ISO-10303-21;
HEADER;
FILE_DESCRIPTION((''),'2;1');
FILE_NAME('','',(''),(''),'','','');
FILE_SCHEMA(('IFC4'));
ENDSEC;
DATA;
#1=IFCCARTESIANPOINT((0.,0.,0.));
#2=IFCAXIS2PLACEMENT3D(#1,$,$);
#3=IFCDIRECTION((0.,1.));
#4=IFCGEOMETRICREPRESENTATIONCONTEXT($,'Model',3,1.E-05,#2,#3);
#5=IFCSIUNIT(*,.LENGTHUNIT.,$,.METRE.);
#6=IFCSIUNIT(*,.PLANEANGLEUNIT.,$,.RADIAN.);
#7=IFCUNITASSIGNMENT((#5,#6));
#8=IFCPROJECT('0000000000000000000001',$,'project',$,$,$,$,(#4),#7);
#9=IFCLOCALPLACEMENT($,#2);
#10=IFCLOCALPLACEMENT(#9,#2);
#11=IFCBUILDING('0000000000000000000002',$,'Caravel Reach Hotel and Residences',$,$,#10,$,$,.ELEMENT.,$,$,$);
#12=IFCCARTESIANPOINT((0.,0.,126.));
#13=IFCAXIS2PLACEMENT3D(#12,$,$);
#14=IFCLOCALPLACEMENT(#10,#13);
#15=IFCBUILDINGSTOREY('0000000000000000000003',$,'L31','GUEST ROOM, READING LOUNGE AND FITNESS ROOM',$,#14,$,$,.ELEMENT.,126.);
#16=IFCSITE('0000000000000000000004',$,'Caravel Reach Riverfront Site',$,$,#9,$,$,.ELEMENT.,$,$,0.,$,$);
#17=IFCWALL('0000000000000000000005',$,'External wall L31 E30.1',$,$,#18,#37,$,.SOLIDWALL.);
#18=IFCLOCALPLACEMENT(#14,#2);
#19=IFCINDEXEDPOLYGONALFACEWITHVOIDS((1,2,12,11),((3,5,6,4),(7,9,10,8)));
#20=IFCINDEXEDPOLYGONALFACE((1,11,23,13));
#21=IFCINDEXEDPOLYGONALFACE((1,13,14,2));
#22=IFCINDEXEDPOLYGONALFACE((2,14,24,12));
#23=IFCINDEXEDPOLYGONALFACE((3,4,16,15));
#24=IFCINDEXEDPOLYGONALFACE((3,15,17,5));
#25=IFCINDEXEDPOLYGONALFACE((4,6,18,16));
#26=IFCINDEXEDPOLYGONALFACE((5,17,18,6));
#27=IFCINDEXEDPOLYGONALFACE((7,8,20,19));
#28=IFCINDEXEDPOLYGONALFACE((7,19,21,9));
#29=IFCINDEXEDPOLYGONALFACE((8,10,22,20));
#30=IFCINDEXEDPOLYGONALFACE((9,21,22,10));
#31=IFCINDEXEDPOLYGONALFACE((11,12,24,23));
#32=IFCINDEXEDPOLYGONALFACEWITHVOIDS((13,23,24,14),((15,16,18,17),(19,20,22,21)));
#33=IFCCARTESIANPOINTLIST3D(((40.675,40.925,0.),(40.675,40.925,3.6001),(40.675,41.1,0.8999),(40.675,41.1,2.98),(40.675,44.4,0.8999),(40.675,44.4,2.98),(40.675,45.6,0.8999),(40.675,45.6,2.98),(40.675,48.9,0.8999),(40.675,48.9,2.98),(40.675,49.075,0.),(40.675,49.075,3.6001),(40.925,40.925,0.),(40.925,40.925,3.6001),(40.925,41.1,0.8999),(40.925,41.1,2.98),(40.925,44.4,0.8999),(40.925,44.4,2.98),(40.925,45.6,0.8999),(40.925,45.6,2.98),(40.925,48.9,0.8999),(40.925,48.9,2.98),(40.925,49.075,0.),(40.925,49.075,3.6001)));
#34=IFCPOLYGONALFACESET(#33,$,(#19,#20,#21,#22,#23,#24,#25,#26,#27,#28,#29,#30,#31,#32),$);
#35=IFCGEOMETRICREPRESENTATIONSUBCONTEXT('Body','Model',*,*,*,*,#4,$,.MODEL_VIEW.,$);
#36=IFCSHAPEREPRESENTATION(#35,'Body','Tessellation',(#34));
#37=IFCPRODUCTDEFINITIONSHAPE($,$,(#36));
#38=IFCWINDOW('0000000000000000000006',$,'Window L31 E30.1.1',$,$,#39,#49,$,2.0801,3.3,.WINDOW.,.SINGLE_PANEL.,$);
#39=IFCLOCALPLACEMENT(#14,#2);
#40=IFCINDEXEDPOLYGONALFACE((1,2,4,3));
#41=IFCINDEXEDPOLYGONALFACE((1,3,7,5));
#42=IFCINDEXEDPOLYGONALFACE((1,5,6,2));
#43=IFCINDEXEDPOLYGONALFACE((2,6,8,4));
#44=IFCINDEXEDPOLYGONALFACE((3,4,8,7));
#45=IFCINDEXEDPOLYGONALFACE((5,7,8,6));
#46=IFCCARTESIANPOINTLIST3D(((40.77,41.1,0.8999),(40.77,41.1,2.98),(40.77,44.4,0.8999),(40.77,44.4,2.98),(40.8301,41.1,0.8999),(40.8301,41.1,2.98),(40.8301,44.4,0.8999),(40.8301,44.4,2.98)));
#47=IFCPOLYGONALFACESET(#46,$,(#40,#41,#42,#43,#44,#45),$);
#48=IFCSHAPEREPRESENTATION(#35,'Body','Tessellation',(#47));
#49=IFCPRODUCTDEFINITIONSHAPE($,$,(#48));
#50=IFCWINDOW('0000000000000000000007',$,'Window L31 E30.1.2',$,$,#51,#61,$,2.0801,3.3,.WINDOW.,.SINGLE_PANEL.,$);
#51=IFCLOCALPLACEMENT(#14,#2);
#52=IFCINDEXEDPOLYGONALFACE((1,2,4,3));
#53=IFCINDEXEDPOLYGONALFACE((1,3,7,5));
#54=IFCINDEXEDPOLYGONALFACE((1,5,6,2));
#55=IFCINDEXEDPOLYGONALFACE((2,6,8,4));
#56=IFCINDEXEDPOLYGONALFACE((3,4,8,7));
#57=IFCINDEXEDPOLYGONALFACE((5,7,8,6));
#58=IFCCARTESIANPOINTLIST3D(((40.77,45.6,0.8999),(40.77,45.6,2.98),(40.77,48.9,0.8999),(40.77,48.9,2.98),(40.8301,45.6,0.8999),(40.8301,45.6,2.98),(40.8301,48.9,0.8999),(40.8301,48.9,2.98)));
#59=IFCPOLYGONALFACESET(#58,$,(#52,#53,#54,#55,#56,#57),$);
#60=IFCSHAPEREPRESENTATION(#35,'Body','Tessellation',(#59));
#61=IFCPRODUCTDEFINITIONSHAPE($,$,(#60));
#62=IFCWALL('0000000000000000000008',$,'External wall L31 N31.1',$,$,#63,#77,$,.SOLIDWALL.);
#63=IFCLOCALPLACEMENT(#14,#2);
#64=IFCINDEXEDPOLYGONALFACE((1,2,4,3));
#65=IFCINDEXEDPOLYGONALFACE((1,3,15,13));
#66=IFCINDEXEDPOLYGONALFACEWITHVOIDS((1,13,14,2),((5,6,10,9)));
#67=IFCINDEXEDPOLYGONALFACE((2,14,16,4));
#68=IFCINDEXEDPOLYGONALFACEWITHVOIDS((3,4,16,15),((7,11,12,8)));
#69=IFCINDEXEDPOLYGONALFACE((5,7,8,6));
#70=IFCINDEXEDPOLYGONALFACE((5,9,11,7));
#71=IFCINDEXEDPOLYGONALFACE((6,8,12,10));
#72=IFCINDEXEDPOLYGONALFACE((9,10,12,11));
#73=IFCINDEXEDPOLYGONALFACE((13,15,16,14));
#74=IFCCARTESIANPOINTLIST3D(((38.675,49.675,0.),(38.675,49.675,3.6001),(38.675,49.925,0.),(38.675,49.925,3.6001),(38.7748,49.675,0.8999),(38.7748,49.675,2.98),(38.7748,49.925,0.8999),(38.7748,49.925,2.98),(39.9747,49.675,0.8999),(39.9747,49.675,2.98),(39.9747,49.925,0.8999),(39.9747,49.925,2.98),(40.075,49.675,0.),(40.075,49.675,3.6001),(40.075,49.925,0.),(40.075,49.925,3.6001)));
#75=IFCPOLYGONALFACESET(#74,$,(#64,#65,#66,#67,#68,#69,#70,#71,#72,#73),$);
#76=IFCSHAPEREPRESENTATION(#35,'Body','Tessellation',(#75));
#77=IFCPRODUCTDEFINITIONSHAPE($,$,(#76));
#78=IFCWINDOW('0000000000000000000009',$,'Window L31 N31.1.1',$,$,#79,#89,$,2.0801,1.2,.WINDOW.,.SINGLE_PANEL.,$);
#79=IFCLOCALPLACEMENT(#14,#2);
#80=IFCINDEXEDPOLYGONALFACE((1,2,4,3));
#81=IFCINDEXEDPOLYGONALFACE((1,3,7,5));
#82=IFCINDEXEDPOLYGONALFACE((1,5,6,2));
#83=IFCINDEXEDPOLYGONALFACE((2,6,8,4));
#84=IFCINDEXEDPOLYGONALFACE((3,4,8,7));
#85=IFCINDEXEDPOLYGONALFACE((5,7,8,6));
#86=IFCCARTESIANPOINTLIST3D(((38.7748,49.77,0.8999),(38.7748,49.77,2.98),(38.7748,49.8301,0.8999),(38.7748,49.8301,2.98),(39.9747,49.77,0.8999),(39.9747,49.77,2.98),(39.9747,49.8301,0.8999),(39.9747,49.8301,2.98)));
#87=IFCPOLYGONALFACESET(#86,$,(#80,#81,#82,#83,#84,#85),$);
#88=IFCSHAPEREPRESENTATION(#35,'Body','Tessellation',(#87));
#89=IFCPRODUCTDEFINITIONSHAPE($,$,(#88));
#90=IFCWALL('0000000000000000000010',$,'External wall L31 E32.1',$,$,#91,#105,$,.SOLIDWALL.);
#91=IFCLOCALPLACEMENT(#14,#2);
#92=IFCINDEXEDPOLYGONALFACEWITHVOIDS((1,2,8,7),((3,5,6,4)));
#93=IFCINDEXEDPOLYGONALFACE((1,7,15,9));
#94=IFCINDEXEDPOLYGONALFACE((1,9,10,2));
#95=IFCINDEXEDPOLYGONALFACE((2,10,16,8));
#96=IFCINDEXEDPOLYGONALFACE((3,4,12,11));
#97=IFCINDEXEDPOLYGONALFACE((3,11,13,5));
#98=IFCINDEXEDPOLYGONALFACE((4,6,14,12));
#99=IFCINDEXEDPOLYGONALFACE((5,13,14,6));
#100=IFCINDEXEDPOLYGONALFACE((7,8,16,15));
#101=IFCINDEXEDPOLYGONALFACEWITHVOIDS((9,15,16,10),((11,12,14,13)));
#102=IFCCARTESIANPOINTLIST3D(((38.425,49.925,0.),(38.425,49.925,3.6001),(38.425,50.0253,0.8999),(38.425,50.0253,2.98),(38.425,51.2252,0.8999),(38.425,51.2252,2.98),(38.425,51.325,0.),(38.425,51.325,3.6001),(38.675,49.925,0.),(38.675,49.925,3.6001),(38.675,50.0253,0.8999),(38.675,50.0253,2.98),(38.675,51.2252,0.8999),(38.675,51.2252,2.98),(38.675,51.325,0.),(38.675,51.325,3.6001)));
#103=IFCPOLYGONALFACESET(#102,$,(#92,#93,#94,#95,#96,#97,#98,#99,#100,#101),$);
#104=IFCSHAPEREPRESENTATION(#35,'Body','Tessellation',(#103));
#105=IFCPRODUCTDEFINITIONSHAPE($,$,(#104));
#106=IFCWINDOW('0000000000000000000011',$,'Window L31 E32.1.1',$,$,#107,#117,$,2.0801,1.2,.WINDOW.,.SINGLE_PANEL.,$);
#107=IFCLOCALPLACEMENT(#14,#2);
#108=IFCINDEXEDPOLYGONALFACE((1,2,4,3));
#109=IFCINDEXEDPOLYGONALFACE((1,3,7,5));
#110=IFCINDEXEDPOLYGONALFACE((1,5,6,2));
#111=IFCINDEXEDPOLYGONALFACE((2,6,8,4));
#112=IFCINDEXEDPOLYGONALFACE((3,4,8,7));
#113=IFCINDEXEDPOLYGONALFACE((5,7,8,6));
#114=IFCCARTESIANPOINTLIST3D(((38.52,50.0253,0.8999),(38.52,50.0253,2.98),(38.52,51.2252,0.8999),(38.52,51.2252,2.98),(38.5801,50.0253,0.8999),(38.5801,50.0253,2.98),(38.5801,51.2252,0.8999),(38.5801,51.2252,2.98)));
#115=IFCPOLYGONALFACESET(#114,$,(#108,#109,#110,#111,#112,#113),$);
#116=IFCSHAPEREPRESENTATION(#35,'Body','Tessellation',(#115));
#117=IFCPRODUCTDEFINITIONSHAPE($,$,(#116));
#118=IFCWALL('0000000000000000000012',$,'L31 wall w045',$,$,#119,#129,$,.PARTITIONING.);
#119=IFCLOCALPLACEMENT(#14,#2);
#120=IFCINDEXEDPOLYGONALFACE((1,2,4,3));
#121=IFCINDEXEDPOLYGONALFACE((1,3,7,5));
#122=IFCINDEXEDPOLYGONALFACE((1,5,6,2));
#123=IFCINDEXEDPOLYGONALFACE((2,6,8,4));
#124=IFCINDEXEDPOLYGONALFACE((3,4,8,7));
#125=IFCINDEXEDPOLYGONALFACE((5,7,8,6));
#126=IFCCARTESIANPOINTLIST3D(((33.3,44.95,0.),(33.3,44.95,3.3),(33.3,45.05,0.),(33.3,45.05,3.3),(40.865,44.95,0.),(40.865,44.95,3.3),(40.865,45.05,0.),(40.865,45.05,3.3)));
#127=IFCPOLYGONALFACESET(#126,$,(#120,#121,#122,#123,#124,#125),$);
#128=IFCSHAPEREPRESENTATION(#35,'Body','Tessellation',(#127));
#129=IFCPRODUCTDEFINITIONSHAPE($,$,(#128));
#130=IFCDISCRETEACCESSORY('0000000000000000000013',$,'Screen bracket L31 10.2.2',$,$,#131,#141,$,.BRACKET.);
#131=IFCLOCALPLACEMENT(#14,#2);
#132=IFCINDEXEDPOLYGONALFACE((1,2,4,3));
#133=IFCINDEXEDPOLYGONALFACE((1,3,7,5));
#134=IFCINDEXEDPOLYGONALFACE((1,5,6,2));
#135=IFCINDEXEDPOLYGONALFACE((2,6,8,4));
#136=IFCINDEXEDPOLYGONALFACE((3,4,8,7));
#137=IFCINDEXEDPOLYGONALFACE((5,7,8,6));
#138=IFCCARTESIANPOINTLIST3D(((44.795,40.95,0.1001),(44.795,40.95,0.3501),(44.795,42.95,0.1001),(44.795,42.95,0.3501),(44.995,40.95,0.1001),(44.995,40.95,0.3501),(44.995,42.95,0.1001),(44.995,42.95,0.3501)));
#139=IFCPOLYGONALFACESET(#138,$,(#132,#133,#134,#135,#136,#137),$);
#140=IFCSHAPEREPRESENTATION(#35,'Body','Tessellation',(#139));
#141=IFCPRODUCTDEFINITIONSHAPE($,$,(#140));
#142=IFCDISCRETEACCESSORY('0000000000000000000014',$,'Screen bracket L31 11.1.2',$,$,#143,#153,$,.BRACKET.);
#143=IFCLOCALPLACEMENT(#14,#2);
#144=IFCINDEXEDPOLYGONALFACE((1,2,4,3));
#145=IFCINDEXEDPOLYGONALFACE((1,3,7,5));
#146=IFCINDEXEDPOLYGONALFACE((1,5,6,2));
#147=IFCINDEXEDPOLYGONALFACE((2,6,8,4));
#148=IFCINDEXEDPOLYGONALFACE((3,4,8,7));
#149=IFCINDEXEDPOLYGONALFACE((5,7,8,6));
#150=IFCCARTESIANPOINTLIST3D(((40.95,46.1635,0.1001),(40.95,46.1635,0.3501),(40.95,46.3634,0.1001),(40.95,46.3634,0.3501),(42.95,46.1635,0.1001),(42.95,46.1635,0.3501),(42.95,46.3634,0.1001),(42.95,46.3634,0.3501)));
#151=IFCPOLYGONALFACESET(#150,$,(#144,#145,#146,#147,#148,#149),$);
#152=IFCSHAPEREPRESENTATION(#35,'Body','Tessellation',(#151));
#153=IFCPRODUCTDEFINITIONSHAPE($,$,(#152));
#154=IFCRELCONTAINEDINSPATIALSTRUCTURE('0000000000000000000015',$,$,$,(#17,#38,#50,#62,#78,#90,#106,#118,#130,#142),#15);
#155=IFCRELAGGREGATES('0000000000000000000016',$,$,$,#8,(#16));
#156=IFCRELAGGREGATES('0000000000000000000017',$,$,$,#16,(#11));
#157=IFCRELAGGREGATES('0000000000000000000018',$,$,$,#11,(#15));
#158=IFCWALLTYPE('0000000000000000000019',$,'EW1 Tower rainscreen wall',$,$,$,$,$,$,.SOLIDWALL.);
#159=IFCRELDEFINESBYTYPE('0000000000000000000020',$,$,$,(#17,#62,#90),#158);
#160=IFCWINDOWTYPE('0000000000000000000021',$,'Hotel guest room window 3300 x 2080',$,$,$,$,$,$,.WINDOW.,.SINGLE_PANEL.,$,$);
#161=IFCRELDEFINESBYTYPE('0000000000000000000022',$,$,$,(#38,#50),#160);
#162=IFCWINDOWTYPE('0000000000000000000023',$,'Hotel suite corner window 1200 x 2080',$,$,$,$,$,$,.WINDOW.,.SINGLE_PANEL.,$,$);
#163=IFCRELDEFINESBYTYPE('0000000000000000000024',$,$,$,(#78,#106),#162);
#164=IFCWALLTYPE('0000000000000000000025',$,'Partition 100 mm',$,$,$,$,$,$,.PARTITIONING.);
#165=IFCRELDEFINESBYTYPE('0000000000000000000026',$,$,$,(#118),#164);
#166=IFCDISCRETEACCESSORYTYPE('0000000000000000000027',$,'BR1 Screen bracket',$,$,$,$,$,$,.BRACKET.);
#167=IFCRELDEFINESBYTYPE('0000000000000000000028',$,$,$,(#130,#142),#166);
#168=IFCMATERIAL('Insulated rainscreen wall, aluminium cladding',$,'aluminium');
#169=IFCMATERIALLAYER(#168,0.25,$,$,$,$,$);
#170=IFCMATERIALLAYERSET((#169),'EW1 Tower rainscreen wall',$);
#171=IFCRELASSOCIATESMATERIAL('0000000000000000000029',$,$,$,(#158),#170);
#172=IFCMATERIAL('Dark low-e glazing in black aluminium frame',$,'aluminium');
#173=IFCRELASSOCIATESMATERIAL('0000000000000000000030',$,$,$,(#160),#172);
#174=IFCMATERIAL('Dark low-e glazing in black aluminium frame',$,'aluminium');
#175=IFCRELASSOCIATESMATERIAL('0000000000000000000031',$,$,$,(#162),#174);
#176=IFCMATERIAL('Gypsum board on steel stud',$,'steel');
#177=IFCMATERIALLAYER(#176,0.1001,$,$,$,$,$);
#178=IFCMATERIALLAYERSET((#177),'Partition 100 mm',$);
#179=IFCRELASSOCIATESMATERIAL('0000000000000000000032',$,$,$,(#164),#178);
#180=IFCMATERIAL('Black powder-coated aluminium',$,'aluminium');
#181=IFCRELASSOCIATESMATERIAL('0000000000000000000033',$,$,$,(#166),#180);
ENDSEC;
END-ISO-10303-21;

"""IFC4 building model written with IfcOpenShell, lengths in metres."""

from ifc_helpers import new_model, si_unit, direction, frame, frame_2d, origin, origin_2d, place, context, subcontext, project, spatial, rectangle, extrude, material, layer, layer_set, type_object, element, fill, save


model = new_model("IFC4")

# Units and contexts
model_context = context("Model", 3, precision=1e-05, world=origin(), true_north=direction((0.0, 1.0)))
body_context = subcontext(model_context, "Body", "Model", "MODEL_VIEW")
ifc_project = project(units=[si_unit("LENGTHUNIT", "METRE"), si_unit("PLANEANGLEUNIT", "RADIAN")], contexts=[model_context])

# Site, building, storey
site_placement = place(None, origin())
site = spatial("IfcSite", under=ifc_project, at=site_placement, Name="Caravel Reach Riverfront Site", CompositionType="ELEMENT", RefElevation=0.0)
building_placement = place(site_placement, origin())
building = spatial("IfcBuilding", under=site, at=building_placement, Name="Caravel Reach Hotel and Residences", CompositionType="ELEMENT")
storey_placement = place(building_placement, frame((0.0, 0.0, 126.0)))
storey = spatial("IfcBuildingStorey", under=building, at=storey_placement, Name="L31", Description="GUEST ROOM, READING LOUNGE AND FITNESS ROOM", CompositionType="ELEMENT", Elevation=126.0)

# Wall, openings, windows
ifc_material_1 = material(Name="Insulated rainscreen wall, aluminium cladding", Category="aluminium")
ifc_layer_1 = layer(ifc_material_1, 0.25)
ifc_layer_set_1 = layer_set([ifc_layer_1], Name="EW1 Tower rainscreen wall")
wall_type_1 = type_object("IfcWallType", Name="EW1 Tower rainscreen wall", PredefinedType="SOLIDWALL", material=ifc_layer_set_1)
wall_1_placement = place(storey_placement, frame((40.8, 40.925, 0.0), z_axis=(0.0, 0.0, 1.0), x_axis=(0.0, 1.0, 0.0)))
wall_1 = element("IfcWall", 1, at=wall_1_placement, inside=storey, type_object=wall_type_1, Name="External wall L31 E30.1", PredefinedType="SOLIDWALL", context=body_context, shape_type="SweptSolid", body=[
    extrude(rectangle(XDim=8.1499, YDim=0.25, at=frame_2d((4.075, 0.0))), origin(), (0.0, 0.0, 1.0), 3.6001),
])
opening_1_placement = place(wall_1_placement, frame((0.175, 0.0, 0.8999)))
opening_1 = element("IfcOpeningElement", 2, at=opening_1_placement, cuts=wall_1, PredefinedType="OPENING", context=body_context, shape_type="SweptSolid", body=[
    extrude(rectangle(XDim=3.3, YDim=2.0801, at=frame_2d((1.6499, 1.04))), frame((0.0, 0.135, 0.0), z_axis=(0.0, -1.0, 0.0), x_axis=(1.0, 0.0, 0.0)), (0.0, 0.0, 1.0), 0.27),
])
opening_2_placement = place(wall_1_placement, frame((4.675, 0.0, 0.8999)))
opening_2 = element("IfcOpeningElement", 3, at=opening_2_placement, cuts=wall_1, PredefinedType="OPENING", context=body_context, shape_type="SweptSolid", body=[
    extrude(rectangle(XDim=3.3, YDim=2.0801, at=frame_2d((1.6499, 1.04))), frame((0.0, 0.135, 0.0), z_axis=(0.0, -1.0, 0.0), x_axis=(1.0, 0.0, 0.0)), (0.0, 0.0, 1.0), 0.27),
])
ifc_material_2 = material(Name="Dark low-e glazing in black aluminium frame", Category="aluminium")
window_type_1 = type_object("IfcWindowType", Name="Hotel guest room window 3300 x 2080", PartitioningType="SINGLE_PANEL", PredefinedType="WINDOW", material=ifc_material_2)
window_1_placement = place(opening_1_placement, origin())
window_1 = element("IfcWindow", 4, at=window_1_placement, inside=storey, type_object=window_type_1, Name="Window L31 E30.1.1", OverallHeight=2.0801, OverallWidth=3.3, PartitioningType="SINGLE_PANEL", PredefinedType="WINDOW", context=body_context, shape_type="SweptSolid", body=[
    extrude(rectangle(XDim=3.3, YDim=2.0801, at=frame_2d((1.6499, 1.04))), frame((0.0, 0.03, 0.0), z_axis=(0.0, -1.0, 0.0), x_axis=(1.0, 0.0, 0.0)), (0.0, 0.0, 1.0), 0.0601),
])
fill(opening_1, window_1)
window_2_placement = place(opening_2_placement, origin())
window_2 = element("IfcWindow", 5, at=window_2_placement, inside=storey, type_object=window_type_1, Name="Window L31 E30.1.2", OverallHeight=2.0801, OverallWidth=3.3, PartitioningType="SINGLE_PANEL", PredefinedType="WINDOW", context=body_context, shape_type="SweptSolid", body=[
    extrude(rectangle(XDim=3.3, YDim=2.0801, at=frame_2d((1.6499, 1.04))), frame((0.0, 0.03, 0.0), z_axis=(0.0, -1.0, 0.0), x_axis=(1.0, 0.0, 0.0)), (0.0, 0.0, 1.0), 0.0601),
])
fill(opening_2, window_2)

# Walls, openings, windows
wall_2_placement = place(storey_placement, frame((40.075, 49.8, 0.0), z_axis=(0.0, 0.0, 1.0), x_axis=(-1.0, 0.0, 0.0)))
wall_2 = element("IfcWall", 6, at=wall_2_placement, inside=storey, type_object=wall_type_1, Name="External wall L31 N31.1", PredefinedType="SOLIDWALL", context=body_context, shape_type="SweptSolid", body=[
    extrude(rectangle(XDim=1.3999, YDim=0.25, at=frame_2d((0.7, 0.0))), origin(), (0.0, 0.0, 1.0), 3.6001),
])
opening_3_placement = place(wall_2_placement, frame((0.1001, 0.0, 0.8999)))
opening_3 = element("IfcOpeningElement", 7, at=opening_3_placement, cuts=wall_2, PredefinedType="OPENING", context=body_context, shape_type="SweptSolid", body=[
    extrude(rectangle(XDim=1.2, YDim=2.0801, at=frame_2d((0.6001, 1.04))), frame((0.0, 0.135, 0.0), z_axis=(0.0, -1.0, 0.0), x_axis=(1.0, 0.0, 0.0)), (0.0, 0.0, 1.0), 0.27),
])
ifc_material_3 = material(Name="Dark low-e glazing in black aluminium frame", Category="aluminium")
window_type_2 = type_object("IfcWindowType", Name="Hotel suite corner window 1200 x 2080", PartitioningType="SINGLE_PANEL", PredefinedType="WINDOW", material=ifc_material_3)
window_3_placement = place(opening_3_placement, origin())
window_3 = element("IfcWindow", 8, at=window_3_placement, inside=storey, type_object=window_type_2, Name="Window L31 N31.1.1", OverallHeight=2.0801, OverallWidth=1.2, PartitioningType="SINGLE_PANEL", PredefinedType="WINDOW", context=body_context, shape_type="SweptSolid", body=[
    extrude(rectangle(XDim=1.2, YDim=2.0801, at=frame_2d((0.6001, 1.04))), frame((0.0, 0.03, 0.0), z_axis=(0.0, -1.0, 0.0), x_axis=(1.0, 0.0, 0.0)), (0.0, 0.0, 1.0), 0.0601),
])
fill(opening_3, window_3)
wall_3_placement = place(storey_placement, frame((38.55, 49.925, 0.0), z_axis=(0.0, 0.0, 1.0), x_axis=(0.0, 1.0, 0.0)))
wall_3 = element("IfcWall", 9, at=wall_3_placement, inside=storey, type_object=wall_type_1, Name="External wall L31 E32.1", PredefinedType="SOLIDWALL", context=body_context, shape_type="SweptSolid", body=[
    extrude(rectangle(XDim=1.3999, YDim=0.25, at=frame_2d((0.7, 0.0))), origin(), (0.0, 0.0, 1.0), 3.6001),
])
opening_4_placement = place(wall_3_placement, frame((0.1001, 0.0, 0.8999)))
opening_4 = element("IfcOpeningElement", 10, at=opening_4_placement, cuts=wall_3, PredefinedType="OPENING", context=body_context, shape_type="SweptSolid", body=[
    extrude(rectangle(XDim=1.2, YDim=2.0801, at=frame_2d((0.6001, 1.04))), frame((0.0, 0.135, 0.0), z_axis=(0.0, -1.0, 0.0), x_axis=(1.0, 0.0, 0.0)), (0.0, 0.0, 1.0), 0.27),
])
window_4_placement = place(opening_4_placement, origin())
window_4 = element("IfcWindow", 11, at=window_4_placement, inside=storey, type_object=window_type_2, Name="Window L31 E32.1.1", OverallHeight=2.0801, OverallWidth=1.2, PartitioningType="SINGLE_PANEL", PredefinedType="WINDOW", context=body_context, shape_type="SweptSolid", body=[
    extrude(rectangle(XDim=1.2, YDim=2.0801, at=frame_2d((0.6001, 1.04))), frame((0.0, 0.03, 0.0), z_axis=(0.0, -1.0, 0.0), x_axis=(1.0, 0.0, 0.0)), (0.0, 0.0, 1.0), 0.0601),
])
fill(opening_4, window_4)

# Wall
ifc_material_4 = material(Name="Gypsum board on steel stud", Category="steel")
ifc_layer_2 = layer(ifc_material_4, 0.1001)
ifc_layer_set_2 = layer_set([ifc_layer_2], Name="Partition 100 mm")
wall_type_2 = type_object("IfcWallType", Name="Partition 100 mm", PredefinedType="PARTITIONING", material=ifc_layer_set_2)
wall_4_placement = place(storey_placement, frame((33.3, 45.0, 0.0), z_axis=(0.0, 0.0, 1.0), x_axis=(1.0, 0.0, 0.0)))
element("IfcWall", 12, at=wall_4_placement, inside=storey, type_object=wall_type_2, Name="L31 wall w045", PredefinedType="PARTITIONING", context=body_context, shape_type="SweptSolid", body=[
    extrude(rectangle(XDim=7.5649, YDim=0.1001, at=frame_2d((3.7825, 0.0))), origin(), (0.0, 0.0, 1.0), 3.3),
])

# Discrete accessories
ifc_material_5 = material(Name="Black powder-coated aluminium", Category="aluminium")
discrete_accessory_type = type_object("IfcDiscreteAccessoryType", Name="BR1 Screen bracket", PredefinedType="BRACKET", material=ifc_material_5)
for number, where, z_axis, x_axis, name in (
    (13, (44.895, 41.95, 0.1001), (0.0, 0.0, 1.0), (0.0, 1.0, 0.0), "Screen bracket L31 10.2.2"),
    (14, (41.95, 46.2634, 0.1001), (0.0, 0.0, 1.0), (1.0, 0.0, 0.0), "Screen bracket L31 11.1.2"),
):
    element("IfcDiscreteAccessory", number, at=place(storey_placement, frame(where, z_axis=z_axis, x_axis=x_axis)), inside=storey, type_object=discrete_accessory_type, Name=name, PredefinedType="BRACKET", context=body_context, shape_type="SweptSolid", body=[
        extrude(rectangle(XDim=2.0, YDim=0.2, at=origin_2d()), origin(), (0.0, 0.0, 1.0), 0.25),
    ])

save(model, "model.ifc")
